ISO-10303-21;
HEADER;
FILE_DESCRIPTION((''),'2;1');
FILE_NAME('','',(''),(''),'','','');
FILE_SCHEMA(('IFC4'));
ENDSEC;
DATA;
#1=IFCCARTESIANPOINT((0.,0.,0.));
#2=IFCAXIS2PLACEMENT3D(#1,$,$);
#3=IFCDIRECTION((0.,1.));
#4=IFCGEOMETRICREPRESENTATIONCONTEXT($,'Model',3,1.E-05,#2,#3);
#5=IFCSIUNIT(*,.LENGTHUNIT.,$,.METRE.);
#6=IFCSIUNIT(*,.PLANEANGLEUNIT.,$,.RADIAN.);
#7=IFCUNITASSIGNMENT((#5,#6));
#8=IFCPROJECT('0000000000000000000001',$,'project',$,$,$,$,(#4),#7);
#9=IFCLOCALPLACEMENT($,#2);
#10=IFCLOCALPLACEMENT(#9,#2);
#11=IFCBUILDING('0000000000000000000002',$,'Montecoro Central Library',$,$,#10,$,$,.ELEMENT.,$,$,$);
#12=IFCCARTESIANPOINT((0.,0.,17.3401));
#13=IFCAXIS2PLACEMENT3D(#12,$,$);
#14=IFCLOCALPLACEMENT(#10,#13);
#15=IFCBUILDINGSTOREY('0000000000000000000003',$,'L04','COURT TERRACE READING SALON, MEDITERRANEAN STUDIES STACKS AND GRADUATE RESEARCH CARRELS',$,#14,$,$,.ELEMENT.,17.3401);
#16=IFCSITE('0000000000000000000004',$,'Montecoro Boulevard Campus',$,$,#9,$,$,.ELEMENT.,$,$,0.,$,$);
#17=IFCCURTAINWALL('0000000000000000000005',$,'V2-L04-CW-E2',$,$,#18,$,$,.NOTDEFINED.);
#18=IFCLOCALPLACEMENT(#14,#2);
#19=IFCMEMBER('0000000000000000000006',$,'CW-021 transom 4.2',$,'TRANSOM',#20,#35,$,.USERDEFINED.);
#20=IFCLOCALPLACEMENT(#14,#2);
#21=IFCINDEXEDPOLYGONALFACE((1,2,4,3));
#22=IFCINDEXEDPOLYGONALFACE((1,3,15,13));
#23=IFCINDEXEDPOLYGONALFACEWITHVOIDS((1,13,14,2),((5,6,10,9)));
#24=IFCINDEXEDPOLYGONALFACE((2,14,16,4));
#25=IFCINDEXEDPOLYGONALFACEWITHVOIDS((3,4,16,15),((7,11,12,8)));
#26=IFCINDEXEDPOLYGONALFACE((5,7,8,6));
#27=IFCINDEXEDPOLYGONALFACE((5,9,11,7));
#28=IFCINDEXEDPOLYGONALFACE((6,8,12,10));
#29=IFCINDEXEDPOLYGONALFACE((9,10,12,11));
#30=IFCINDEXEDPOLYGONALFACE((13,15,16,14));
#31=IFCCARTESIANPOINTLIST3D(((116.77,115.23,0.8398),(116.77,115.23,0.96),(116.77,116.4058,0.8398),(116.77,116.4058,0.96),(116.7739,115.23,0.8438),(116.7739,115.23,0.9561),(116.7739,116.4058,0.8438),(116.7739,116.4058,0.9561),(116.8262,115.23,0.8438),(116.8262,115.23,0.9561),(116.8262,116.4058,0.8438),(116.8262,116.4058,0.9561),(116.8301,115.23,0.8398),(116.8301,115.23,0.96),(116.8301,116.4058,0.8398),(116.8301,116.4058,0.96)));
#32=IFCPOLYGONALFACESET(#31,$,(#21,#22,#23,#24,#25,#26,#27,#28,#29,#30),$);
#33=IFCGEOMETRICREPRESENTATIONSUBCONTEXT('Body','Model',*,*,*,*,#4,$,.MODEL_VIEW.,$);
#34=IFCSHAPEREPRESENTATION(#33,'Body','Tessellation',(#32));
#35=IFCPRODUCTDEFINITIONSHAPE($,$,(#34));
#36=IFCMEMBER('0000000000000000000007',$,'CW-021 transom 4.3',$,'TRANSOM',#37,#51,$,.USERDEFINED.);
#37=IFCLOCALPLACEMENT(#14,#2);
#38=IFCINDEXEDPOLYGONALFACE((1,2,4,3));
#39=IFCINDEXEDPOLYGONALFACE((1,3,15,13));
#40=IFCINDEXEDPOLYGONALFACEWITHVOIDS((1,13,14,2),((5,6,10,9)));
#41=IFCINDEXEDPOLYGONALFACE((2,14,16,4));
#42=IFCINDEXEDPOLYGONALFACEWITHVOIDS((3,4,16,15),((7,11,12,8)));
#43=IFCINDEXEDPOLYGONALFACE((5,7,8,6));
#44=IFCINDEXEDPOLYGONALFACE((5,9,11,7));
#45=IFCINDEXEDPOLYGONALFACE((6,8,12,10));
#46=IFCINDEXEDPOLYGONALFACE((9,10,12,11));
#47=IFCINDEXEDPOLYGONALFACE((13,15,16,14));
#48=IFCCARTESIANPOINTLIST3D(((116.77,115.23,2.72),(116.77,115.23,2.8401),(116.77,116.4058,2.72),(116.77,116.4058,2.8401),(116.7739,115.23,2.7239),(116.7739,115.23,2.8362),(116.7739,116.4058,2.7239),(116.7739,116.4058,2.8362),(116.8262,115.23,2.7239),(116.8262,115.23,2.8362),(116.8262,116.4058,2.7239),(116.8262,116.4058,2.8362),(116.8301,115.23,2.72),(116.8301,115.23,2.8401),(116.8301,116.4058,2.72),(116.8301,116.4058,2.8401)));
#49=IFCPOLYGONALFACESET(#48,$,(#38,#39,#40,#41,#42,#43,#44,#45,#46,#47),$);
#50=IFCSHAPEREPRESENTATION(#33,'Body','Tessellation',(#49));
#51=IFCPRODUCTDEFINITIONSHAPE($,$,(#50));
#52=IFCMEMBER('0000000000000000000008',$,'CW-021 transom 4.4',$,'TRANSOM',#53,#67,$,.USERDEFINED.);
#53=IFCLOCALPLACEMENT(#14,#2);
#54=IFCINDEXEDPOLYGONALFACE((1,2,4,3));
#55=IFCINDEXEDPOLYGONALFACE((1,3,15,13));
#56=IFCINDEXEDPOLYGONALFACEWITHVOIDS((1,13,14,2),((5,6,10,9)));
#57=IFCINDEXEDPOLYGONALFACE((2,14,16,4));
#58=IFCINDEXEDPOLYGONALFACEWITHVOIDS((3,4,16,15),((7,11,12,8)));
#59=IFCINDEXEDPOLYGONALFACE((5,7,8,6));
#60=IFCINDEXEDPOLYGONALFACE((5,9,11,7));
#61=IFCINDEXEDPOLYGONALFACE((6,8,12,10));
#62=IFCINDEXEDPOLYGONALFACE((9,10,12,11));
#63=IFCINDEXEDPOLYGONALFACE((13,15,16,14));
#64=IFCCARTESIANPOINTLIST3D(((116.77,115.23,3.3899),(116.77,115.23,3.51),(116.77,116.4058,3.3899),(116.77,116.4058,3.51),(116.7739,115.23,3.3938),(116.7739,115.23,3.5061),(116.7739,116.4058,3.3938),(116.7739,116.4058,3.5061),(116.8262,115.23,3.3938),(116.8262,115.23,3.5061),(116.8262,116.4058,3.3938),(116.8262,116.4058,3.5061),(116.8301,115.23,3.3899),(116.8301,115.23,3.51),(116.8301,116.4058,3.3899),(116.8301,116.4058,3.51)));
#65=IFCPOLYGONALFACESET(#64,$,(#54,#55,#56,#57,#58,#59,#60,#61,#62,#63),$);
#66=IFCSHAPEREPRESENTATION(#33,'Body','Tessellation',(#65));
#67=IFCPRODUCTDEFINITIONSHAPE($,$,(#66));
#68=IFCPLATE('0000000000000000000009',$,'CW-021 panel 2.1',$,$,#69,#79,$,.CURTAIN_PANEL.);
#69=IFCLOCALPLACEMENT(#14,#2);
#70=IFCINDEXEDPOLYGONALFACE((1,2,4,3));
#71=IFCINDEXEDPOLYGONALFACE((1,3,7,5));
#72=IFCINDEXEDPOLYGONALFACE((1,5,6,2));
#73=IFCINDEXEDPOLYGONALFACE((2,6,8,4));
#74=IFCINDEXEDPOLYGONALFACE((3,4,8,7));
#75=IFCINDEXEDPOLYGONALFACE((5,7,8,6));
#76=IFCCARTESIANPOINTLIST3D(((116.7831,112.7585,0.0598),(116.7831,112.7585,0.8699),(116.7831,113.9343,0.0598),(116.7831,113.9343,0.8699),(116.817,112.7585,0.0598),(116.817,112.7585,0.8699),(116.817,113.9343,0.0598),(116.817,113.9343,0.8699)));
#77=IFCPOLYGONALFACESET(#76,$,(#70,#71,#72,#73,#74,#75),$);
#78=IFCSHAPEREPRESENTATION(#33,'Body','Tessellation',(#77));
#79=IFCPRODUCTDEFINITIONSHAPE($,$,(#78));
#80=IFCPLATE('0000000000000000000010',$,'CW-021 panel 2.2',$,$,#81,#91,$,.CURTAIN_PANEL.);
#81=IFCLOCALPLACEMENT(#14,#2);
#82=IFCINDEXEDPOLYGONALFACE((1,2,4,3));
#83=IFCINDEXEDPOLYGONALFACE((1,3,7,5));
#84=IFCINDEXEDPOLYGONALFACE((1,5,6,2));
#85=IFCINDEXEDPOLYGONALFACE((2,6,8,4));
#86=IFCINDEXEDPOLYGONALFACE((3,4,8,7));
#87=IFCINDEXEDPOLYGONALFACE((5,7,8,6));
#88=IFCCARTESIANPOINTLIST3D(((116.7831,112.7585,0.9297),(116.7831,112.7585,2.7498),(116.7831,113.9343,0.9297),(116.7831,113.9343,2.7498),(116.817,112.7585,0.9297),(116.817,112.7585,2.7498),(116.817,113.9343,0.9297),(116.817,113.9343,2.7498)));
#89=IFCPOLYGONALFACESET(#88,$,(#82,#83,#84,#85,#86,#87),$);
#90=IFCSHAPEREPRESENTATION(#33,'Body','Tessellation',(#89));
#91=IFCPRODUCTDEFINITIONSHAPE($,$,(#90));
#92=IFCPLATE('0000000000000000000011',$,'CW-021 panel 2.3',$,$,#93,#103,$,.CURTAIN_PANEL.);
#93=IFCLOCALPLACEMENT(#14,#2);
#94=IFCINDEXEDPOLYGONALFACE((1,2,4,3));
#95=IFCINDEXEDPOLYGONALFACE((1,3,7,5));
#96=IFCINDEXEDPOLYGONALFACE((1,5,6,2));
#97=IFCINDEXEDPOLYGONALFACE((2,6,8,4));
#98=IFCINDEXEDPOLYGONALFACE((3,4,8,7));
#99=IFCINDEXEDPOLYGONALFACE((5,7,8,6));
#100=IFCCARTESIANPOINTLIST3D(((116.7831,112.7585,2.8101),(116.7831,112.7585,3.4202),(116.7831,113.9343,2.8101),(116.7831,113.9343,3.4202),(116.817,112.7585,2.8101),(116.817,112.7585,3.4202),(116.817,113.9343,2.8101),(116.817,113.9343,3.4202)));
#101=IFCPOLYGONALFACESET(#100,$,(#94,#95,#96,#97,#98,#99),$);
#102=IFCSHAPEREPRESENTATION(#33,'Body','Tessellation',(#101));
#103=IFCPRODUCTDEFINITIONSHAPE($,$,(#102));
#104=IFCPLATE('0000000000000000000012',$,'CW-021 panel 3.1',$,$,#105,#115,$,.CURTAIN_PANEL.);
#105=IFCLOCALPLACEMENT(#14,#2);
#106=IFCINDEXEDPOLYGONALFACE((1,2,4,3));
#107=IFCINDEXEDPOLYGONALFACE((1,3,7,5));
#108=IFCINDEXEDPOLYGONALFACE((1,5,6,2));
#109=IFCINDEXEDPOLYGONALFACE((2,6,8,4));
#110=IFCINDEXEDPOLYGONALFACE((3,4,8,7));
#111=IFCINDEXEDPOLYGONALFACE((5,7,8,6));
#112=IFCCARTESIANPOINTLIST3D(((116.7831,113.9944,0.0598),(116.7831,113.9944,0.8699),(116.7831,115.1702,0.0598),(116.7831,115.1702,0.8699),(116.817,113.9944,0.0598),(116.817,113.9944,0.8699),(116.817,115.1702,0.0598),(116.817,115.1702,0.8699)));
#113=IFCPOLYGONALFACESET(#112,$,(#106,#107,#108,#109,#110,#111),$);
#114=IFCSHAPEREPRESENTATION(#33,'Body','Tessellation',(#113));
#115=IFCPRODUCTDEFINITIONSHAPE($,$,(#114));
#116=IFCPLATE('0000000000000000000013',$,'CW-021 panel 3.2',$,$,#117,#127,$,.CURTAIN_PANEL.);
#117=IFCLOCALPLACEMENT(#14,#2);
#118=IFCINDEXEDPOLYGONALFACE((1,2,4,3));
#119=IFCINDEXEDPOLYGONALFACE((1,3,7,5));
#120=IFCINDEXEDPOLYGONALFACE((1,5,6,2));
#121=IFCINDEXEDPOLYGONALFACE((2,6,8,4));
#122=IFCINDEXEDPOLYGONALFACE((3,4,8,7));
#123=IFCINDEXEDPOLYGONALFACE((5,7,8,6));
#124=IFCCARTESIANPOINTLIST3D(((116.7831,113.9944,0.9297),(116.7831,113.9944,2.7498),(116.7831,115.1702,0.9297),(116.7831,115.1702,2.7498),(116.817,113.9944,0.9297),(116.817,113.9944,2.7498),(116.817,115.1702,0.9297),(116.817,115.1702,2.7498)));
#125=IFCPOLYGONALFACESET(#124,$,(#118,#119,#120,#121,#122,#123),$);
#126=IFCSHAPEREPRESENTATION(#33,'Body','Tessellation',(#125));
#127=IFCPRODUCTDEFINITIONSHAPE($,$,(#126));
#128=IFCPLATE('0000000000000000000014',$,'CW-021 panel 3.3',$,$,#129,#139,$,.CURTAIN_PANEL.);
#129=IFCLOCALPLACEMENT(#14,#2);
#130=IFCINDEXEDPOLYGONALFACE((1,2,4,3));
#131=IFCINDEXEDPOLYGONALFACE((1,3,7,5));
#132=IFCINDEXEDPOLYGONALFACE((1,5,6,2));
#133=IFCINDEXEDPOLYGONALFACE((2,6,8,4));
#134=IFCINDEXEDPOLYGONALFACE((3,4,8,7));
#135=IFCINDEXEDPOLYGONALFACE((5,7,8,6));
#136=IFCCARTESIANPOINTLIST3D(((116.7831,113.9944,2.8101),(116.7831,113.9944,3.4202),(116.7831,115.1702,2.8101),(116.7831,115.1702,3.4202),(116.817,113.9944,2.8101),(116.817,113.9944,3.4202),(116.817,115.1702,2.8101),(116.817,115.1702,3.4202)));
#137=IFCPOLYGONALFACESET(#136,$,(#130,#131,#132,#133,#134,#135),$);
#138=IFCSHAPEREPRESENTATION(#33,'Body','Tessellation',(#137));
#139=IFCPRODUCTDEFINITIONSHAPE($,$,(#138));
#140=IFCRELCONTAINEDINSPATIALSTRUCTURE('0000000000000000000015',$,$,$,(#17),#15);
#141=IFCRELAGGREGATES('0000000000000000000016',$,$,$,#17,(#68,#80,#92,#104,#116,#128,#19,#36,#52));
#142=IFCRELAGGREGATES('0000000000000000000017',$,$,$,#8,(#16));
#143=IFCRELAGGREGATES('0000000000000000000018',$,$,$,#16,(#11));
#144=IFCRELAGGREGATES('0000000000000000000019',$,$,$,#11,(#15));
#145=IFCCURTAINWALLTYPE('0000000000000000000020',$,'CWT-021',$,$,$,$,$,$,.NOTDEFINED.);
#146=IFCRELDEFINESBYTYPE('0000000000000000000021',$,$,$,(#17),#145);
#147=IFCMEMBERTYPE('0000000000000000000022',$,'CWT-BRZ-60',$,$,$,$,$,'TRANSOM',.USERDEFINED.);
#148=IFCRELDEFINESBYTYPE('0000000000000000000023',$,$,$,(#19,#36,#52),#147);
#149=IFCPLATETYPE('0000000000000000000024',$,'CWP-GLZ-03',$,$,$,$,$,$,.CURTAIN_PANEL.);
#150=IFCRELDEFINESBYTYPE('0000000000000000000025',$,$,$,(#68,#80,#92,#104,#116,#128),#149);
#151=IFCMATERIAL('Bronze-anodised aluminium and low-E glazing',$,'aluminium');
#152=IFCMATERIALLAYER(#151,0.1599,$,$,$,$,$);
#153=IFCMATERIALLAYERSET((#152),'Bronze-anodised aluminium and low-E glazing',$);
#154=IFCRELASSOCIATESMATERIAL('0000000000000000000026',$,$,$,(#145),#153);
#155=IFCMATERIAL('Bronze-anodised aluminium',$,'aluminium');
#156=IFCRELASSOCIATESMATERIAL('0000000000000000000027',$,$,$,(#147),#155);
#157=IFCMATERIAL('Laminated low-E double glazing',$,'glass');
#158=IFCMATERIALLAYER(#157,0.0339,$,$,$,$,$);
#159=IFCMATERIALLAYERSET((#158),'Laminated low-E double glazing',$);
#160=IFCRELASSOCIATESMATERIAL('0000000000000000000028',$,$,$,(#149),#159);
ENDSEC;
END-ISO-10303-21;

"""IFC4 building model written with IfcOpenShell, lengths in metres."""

from ifc_helpers import new_model, si_unit, direction, frame, origin, origin_2d, place, context, subcontext, project, spatial, rectangle, hollow_rectangle, extrude, material, layer, layer_set, material_profile, profile_set, type_object, element, aggregate, save


model = new_model("IFC4")

# Units and contexts
model_context = context("Model", 3, precision=1e-05, world=origin(), true_north=direction((0.0, 1.0)))
body_context = subcontext(model_context, "Body", "Model", "MODEL_VIEW")
ifc_project = project(units=[si_unit("LENGTHUNIT", "METRE"), si_unit("PLANEANGLEUNIT", "RADIAN")], contexts=[model_context])

# Site, building, storey
site_placement = place(None, origin())
site = spatial("IfcSite", under=ifc_project, at=site_placement, Name="Montecoro Boulevard Campus", CompositionType="ELEMENT", RefElevation=0.0)
building_placement = place(site_placement, origin())
building = spatial("IfcBuilding", under=site, at=building_placement, Name="Montecoro Central Library", CompositionType="ELEMENT")
storey_placement = place(building_placement, frame((0.0, 0.0, 17.3401)))
storey = spatial("IfcBuildingStorey", under=building, at=storey_placement, Name="L04", Description="COURT TERRACE READING SALON, MEDITERRANEAN STUDIES STACKS AND GRADUATE RESEARCH CARRELS", CompositionType="ELEMENT", Elevation=17.3401)

# Curtain wall, members, plates
ifc_material_1 = material(Name="Bronze-anodised aluminium and low-E glazing", Category="aluminium")
ifc_layer_1 = layer(ifc_material_1, 0.1599)
ifc_layer_set_1 = layer_set([ifc_layer_1], Name="Bronze-anodised aluminium and low-E glazing")
curtain_wall_type = type_object("IfcCurtainWallType", Name="CWT-021", PredefinedType="NOTDEFINED", material=ifc_layer_set_1)
curtain_wall_placement = place(storey_placement, origin())
curtain_wall = element("IfcCurtainWall", 1, at=curtain_wall_placement, inside=storey, type_object=curtain_wall_type, Name="V2-L04-CW-E2", PredefinedType="NOTDEFINED")
ifc_material_2 = material(Name="Bronze-anodised aluminium", Category="aluminium")
ifc_material_profile_1 = material_profile(ifc_material_2, hollow_rectangle(XDim=0.0601, YDim=0.1201, WallThickness=0.0039, at=origin_2d()), Name="CWT 120x60x4.0")
ifc_profile_set_1 = profile_set([ifc_material_profile_1], Name="Bronze-anodised aluminium")
member_type_1 = type_object("IfcMemberType", Name="CWT-BRZ-60", ElementType="TRANSOM", PredefinedType="USERDEFINED", material=ifc_profile_set_1)
member_1_placement = place(storey_placement, frame((116.8, 115.23, 0.8999), z_axis=(0.0, 1.0, 0.0), x_axis=(-1.0, 0.0, 0.0)))
member_1 = element("IfcMember", 2, at=member_1_placement, type_object=member_type_1, Name="CW-021 transom 4.2", ObjectType="TRANSOM", PredefinedType="USERDEFINED", context=body_context, shape_type="SweptSolid", body=[
    extrude(hollow_rectangle(XDim=0.0601, YDim=0.1201, WallThickness=0.0039, at=origin_2d()), origin(), (0.0, 0.0, 1.0), 1.1758),
])
member_2_placement = place(storey_placement, frame((116.8, 115.23, 2.78), z_axis=(0.0, 1.0, 0.0), x_axis=(-1.0, 0.0, 0.0)))
member_2 = element("IfcMember", 3, at=member_2_placement, type_object=member_type_1, Name="CW-021 transom 4.3", ObjectType="TRANSOM", PredefinedType="USERDEFINED", context=body_context, shape_type="SweptSolid", body=[
    extrude(hollow_rectangle(XDim=0.0601, YDim=0.1201, WallThickness=0.0039, at=origin_2d()), origin(), (0.0, 0.0, 1.0), 1.1758),
])
member_3_placement = place(storey_placement, frame((116.8, 115.23, 3.45), z_axis=(0.0, 1.0, 0.0), x_axis=(-1.0, 0.0, 0.0)))
member_3 = element("IfcMember", 4, at=member_3_placement, type_object=member_type_1, Name="CW-021 transom 4.4", ObjectType="TRANSOM", PredefinedType="USERDEFINED", context=body_context, shape_type="SweptSolid", body=[
    extrude(hollow_rectangle(XDim=0.0601, YDim=0.1201, WallThickness=0.0039, at=origin_2d()), origin(), (0.0, 0.0, 1.0), 1.1758),
])
ifc_material_3 = material(Name="Laminated low-E double glazing", Category="glass")
ifc_layer_2 = layer(ifc_material_3, 0.0339)
ifc_layer_set_2 = layer_set([ifc_layer_2], Name="Laminated low-E double glazing")
plate_type = type_object("IfcPlateType", Name="CWP-GLZ-03", PredefinedType="CURTAIN_PANEL", material=ifc_layer_set_2)
plate_1_placement = place(storey_placement, frame((116.8, 113.3464, 0.0598), z_axis=(0.0, 0.0, 1.0), x_axis=(0.0, 1.0, 0.0)))
plate_1 = element("IfcPlate", 5, at=plate_1_placement, type_object=plate_type, Name="CW-021 panel 2.1", PredefinedType="CURTAIN_PANEL", context=body_context, shape_type="SweptSolid", body=[
    extrude(rectangle(XDim=1.1758, YDim=0.0339, at=origin_2d()), origin(), (0.0, 0.0, 1.0), 0.8101),
])
plate_2_placement = place(storey_placement, frame((116.8, 113.3464, 0.9297), z_axis=(0.0, 0.0, 1.0), x_axis=(0.0, 1.0, 0.0)))
plate_2 = element("IfcPlate", 6, at=plate_2_placement, type_object=plate_type, Name="CW-021 panel 2.2", PredefinedType="CURTAIN_PANEL", context=body_context, shape_type="SweptSolid", body=[
    extrude(rectangle(XDim=1.1758, YDim=0.0339, at=origin_2d()), origin(), (0.0, 0.0, 1.0), 1.8201),
])
plate_3_placement = place(storey_placement, frame((116.8, 113.3464, 2.8101), z_axis=(0.0, 0.0, 1.0), x_axis=(0.0, 1.0, 0.0)))
plate_3 = element("IfcPlate", 7, at=plate_3_placement, type_object=plate_type, Name="CW-021 panel 2.3", PredefinedType="CURTAIN_PANEL", context=body_context, shape_type="SweptSolid", body=[
    extrude(rectangle(XDim=1.1758, YDim=0.0339, at=origin_2d()), origin(), (0.0, 0.0, 1.0), 0.6101),
])
plate_4_placement = place(storey_placement, frame((116.8, 114.5823, 0.0598), z_axis=(0.0, 0.0, 1.0), x_axis=(0.0, 1.0, 0.0)))
plate_4 = element("IfcPlate", 8, at=plate_4_placement, type_object=plate_type, Name="CW-021 panel 3.1", PredefinedType="CURTAIN_PANEL", context=body_context, shape_type="SweptSolid", body=[
    extrude(rectangle(XDim=1.1758, YDim=0.0339, at=origin_2d()), origin(), (0.0, 0.0, 1.0), 0.8101),
])
plate_5_placement = place(storey_placement, frame((116.8, 114.5823, 0.9297), z_axis=(0.0, 0.0, 1.0), x_axis=(0.0, 1.0, 0.0)))
plate_5 = element("IfcPlate", 9, at=plate_5_placement, type_object=plate_type, Name="CW-021 panel 3.2", PredefinedType="CURTAIN_PANEL", context=body_context, shape_type="SweptSolid", body=[
    extrude(rectangle(XDim=1.1758, YDim=0.0339, at=origin_2d()), origin(), (0.0, 0.0, 1.0), 1.8201),
])
plate_6_placement = place(storey_placement, frame((116.8, 114.5823, 2.8101), z_axis=(0.0, 0.0, 1.0), x_axis=(0.0, 1.0, 0.0)))
plate_6 = element("IfcPlate", 10, at=plate_6_placement, type_object=plate_type, Name="CW-021 panel 3.3", PredefinedType="CURTAIN_PANEL", context=body_context, shape_type="SweptSolid", body=[
    extrude(rectangle(XDim=1.1758, YDim=0.0339, at=origin_2d()), origin(), (0.0, 0.0, 1.0), 0.6101),
])
aggregate(curtain_wall, [plate_1, plate_2, plate_3, plate_4, plate_5, plate_6, member_1, member_2, member_3])

save(model, "model.ifc")
